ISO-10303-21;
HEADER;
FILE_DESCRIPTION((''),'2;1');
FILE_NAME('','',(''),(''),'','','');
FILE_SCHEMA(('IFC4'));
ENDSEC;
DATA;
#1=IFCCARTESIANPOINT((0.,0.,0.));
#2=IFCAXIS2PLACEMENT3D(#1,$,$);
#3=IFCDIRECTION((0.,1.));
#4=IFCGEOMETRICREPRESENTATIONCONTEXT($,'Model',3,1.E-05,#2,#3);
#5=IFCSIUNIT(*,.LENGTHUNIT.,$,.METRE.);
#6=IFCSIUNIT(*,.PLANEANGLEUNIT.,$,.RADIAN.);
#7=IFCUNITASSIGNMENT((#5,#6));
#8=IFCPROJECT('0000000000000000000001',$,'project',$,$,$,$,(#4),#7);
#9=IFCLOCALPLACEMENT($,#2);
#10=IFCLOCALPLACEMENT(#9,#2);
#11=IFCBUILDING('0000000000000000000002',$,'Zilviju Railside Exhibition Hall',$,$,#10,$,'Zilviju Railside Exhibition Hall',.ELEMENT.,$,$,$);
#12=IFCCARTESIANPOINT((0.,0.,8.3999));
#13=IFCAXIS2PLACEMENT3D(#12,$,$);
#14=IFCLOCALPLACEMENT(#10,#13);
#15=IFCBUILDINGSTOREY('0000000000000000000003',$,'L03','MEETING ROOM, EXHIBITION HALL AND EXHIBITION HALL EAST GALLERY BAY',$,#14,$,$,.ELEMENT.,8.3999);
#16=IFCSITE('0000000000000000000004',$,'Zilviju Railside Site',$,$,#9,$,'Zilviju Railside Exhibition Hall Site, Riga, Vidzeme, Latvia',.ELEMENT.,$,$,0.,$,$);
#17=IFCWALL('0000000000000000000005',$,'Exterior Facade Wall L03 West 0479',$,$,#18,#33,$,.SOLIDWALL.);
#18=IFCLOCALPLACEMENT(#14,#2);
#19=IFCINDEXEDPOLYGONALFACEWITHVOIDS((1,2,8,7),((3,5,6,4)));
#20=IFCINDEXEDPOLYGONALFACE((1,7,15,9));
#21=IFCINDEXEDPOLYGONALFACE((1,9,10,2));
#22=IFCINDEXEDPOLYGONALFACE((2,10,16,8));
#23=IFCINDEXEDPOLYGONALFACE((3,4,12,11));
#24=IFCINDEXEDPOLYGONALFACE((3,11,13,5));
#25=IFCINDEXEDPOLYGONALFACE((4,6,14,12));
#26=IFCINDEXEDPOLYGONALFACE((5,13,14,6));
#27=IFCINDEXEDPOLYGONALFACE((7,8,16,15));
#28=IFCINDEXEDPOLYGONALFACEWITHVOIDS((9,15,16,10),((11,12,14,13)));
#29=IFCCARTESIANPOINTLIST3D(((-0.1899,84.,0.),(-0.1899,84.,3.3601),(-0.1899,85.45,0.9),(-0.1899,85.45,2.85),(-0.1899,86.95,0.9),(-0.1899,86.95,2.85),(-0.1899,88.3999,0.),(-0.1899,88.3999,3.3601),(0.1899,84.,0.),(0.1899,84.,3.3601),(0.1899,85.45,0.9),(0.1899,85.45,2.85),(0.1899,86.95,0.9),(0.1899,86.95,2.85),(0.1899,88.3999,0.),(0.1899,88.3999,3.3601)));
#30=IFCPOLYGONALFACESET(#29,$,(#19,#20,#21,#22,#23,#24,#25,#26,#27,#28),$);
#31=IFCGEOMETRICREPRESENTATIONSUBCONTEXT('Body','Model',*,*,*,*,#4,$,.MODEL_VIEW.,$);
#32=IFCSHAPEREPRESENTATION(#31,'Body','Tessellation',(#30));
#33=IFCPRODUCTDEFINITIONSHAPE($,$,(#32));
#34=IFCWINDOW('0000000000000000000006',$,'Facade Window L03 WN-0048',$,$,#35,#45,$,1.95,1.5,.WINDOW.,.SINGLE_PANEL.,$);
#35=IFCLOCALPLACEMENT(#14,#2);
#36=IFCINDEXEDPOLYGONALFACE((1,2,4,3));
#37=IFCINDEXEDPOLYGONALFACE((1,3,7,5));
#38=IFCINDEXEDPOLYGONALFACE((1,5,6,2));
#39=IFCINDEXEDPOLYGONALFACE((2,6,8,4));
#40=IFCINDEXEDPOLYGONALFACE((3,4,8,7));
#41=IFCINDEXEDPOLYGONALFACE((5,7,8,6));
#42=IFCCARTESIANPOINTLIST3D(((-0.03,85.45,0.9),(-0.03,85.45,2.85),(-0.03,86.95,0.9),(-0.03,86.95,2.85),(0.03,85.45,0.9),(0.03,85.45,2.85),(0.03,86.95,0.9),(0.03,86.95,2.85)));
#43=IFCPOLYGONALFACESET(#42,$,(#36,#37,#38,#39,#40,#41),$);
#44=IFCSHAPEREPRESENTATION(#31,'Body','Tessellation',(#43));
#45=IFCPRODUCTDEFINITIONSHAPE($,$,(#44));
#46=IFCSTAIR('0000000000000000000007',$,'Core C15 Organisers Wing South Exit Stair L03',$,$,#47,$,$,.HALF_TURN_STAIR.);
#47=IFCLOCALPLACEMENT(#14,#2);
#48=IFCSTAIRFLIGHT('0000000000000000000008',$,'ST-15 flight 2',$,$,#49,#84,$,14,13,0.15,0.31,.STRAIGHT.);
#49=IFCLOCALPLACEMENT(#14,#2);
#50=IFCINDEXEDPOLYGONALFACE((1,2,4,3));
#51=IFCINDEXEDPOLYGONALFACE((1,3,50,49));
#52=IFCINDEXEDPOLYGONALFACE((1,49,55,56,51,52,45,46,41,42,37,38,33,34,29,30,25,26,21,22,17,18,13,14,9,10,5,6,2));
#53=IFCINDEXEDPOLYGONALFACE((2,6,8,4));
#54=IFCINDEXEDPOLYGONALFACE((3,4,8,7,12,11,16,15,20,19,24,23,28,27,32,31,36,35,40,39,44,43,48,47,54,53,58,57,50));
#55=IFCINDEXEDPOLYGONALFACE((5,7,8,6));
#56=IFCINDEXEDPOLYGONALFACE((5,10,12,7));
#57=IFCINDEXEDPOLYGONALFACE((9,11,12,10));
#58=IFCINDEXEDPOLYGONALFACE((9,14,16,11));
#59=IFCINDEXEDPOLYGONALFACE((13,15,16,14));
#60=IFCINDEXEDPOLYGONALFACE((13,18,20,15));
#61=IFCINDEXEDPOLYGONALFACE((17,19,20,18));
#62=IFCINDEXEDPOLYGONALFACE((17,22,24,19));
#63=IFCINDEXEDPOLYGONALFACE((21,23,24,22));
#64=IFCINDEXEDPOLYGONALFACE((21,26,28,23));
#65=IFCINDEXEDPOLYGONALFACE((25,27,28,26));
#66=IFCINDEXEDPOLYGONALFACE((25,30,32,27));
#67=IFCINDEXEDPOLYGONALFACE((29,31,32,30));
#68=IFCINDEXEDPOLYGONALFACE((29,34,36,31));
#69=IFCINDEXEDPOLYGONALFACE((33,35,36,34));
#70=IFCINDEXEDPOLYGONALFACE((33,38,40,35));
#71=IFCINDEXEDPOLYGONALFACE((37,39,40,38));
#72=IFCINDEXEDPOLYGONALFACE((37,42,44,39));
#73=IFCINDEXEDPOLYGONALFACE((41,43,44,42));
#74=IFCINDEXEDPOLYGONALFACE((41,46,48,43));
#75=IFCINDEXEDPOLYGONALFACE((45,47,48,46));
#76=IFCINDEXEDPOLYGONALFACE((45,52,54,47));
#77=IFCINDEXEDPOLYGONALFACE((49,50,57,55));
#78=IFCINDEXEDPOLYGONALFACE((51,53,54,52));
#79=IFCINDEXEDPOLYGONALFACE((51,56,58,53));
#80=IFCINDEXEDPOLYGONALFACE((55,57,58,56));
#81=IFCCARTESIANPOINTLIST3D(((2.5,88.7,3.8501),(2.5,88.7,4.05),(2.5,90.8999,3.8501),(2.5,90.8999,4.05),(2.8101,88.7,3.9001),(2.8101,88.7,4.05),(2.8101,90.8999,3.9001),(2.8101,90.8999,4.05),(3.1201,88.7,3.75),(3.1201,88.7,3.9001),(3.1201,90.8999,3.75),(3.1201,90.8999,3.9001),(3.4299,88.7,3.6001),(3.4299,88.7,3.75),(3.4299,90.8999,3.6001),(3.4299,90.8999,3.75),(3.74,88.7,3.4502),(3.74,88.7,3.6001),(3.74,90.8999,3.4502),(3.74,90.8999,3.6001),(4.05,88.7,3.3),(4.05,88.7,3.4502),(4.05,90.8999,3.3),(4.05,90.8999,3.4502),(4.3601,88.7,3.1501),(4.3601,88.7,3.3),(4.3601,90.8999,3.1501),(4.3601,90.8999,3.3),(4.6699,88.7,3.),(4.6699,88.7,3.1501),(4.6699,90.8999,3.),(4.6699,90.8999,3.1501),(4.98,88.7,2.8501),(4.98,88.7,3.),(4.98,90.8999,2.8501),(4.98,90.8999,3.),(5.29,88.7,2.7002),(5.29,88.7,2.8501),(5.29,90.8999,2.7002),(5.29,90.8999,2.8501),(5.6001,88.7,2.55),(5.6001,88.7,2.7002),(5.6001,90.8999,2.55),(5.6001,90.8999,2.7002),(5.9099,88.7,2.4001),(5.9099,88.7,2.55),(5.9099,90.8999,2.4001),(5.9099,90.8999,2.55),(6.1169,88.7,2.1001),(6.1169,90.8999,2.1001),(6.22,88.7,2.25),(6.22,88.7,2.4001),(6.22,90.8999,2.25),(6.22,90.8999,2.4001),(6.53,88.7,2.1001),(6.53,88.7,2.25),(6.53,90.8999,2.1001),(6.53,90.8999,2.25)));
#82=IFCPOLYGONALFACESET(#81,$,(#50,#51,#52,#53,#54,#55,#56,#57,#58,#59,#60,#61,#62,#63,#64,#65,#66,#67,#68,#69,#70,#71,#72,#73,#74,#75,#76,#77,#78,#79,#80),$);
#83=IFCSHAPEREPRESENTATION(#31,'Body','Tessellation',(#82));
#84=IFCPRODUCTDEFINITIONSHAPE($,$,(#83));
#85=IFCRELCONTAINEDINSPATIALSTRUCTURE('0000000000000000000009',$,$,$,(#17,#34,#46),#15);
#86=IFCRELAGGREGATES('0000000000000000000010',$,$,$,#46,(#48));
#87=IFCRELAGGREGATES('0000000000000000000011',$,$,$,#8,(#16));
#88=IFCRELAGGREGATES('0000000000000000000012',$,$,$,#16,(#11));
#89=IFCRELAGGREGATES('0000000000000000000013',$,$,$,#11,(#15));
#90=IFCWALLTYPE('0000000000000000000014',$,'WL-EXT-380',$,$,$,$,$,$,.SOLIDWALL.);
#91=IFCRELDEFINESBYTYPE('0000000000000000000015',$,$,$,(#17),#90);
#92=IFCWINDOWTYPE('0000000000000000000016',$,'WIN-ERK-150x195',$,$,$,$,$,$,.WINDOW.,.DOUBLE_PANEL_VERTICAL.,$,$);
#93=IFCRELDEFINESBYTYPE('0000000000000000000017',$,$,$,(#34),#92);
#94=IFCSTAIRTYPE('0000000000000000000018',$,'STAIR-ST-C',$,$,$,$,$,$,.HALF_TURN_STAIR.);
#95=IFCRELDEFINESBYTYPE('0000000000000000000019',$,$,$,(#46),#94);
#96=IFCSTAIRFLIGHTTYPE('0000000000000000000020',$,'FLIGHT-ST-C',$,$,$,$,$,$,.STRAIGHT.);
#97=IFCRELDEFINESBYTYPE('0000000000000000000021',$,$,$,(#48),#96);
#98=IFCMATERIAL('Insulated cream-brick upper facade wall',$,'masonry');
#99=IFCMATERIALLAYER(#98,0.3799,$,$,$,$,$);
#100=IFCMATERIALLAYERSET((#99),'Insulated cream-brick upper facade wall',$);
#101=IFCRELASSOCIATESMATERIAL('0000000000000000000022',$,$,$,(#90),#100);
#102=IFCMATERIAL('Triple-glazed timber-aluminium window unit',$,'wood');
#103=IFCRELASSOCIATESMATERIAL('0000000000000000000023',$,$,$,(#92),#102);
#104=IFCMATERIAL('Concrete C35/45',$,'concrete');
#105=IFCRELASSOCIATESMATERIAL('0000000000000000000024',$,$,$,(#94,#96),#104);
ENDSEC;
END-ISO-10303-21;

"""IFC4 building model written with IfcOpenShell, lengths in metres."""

from ifc_helpers import new_model, si_unit, direction, frame, frame_2d, origin, place, context, subcontext, project, spatial, polyline, rectangle, outline, extrude, material, layer, layer_set, type_object, element, fill, aggregate, save


model = new_model("IFC4")

# Units and contexts
model_context = context("Model", 3, precision=1e-05, world=origin(), true_north=direction((0.0, 1.0)))
body_context = subcontext(model_context, "Body", "Model", "MODEL_VIEW")
ifc_project = project(units=[si_unit("LENGTHUNIT", "METRE"), si_unit("PLANEANGLEUNIT", "RADIAN")], contexts=[model_context])

# Site, building, storey
site_placement = place(None, origin())
site = spatial("IfcSite", under=ifc_project, at=site_placement, Name="Zilviju Railside Site", LongName="Zilviju Railside Exhibition Hall Site, Riga, Vidzeme, Latvia", CompositionType="ELEMENT", RefElevation=0.0)
building_placement = place(site_placement, origin())
building = spatial("IfcBuilding", under=site, at=building_placement, Name="Zilviju Railside Exhibition Hall", LongName="Zilviju Railside Exhibition Hall", CompositionType="ELEMENT")
storey_placement = place(building_placement, frame((0.0, 0.0, 8.3999)))
storey = spatial("IfcBuildingStorey", under=building, at=storey_placement, Name="L03", Description="MEETING ROOM, EXHIBITION HALL AND EXHIBITION HALL EAST GALLERY BAY", CompositionType="ELEMENT", Elevation=8.3999)

# Shared definitions
ifc_material_1 = material(Name="Concrete C35/45", Category="concrete")

# Shared definitions
ifc_material_2 = material(Name="Triple-glazed timber-aluminium window unit", Category="wood")

# Wall, opening, window
ifc_material_3 = material(Name="Insulated cream-brick upper facade wall", Category="masonry")
ifc_layer_1 = layer(ifc_material_3, 0.3799)
ifc_layer_set_1 = layer_set([ifc_layer_1], Name="Insulated cream-brick upper facade wall")
wall_type_1 = type_object("IfcWallType", Name="WL-EXT-380", PredefinedType="SOLIDWALL", material=ifc_layer_set_1)
wall_1_placement = place(storey_placement, frame((0.0, 84.0, 0.0), z_axis=(0.0, 0.0, 1.0), x_axis=(0.0, 1.0, 0.0)))
wall_1 = element("IfcWall", 1, at=wall_1_placement, inside=storey, type_object=wall_type_1, Name="Exterior Facade Wall L03 West 0479", PredefinedType="SOLIDWALL", context=body_context, shape_type="SweptSolid", body=[
    extrude(rectangle(XDim=4.3999, YDim=0.3799, at=frame_2d((2.2, 0.0))), origin(), (0.0, 0.0, 1.0), 3.3601),
])
opening_1_placement = place(wall_1_placement, frame((1.45, 0.0, 0.8999)))
opening_1 = element("IfcOpeningElement", 2, at=opening_1_placement, cuts=wall_1, PredefinedType="OPENING", context=body_context, shape_type="SweptSolid", body=[
    extrude(rectangle(XDim=1.5, YDim=1.95, at=frame_2d((0.75, 0.9751))), frame((0.0, 0.2, 0.0), z_axis=(0.0, -1.0, 0.0), x_axis=(1.0, 0.0, 0.0)), (0.0, 0.0, 1.0), 0.3999),
])
window_type_1 = type_object("IfcWindowType", Name="WIN-ERK-150x195", PartitioningType="DOUBLE_PANEL_VERTICAL", PredefinedType="WINDOW", material=ifc_material_2)
window_1_placement = place(opening_1_placement, origin())
window_1 = element("IfcWindow", 3, at=window_1_placement, inside=storey, type_object=window_type_1, Name="Facade Window L03 WN-0048", OverallHeight=1.95, OverallWidth=1.5, PartitioningType="SINGLE_PANEL", PredefinedType="WINDOW", context=body_context, shape_type="SweptSolid", body=[
    extrude(rectangle(XDim=1.5, YDim=1.95, at=frame_2d((0.75, 0.9751))), frame((0.0, 0.03, 0.0), z_axis=(0.0, -1.0, 0.0), x_axis=(1.0, 0.0, 0.0)), (0.0, 0.0, 1.0), 0.0601),
])
fill(opening_1, window_1)

# Stair, stair flight
stair_type = type_object("IfcStairType", Name="STAIR-ST-C", PredefinedType="HALF_TURN_STAIR", material=ifc_material_1)
stair_placement = place(storey_placement, origin())
stair = element("IfcStair", 4, at=stair_placement, inside=storey, type_object=stair_type, Name="Core C15 Organisers Wing South Exit Stair L03", PredefinedType="HALF_TURN_STAIR")
stair_flight_type = type_object("IfcStairFlightType", Name="FLIGHT-ST-C", PredefinedType="STRAIGHT", material=ifc_material_1)
stair_flight_placement = place(storey_placement, frame((6.53, 89.8, 2.1001), z_axis=(0.0, 0.0, 1.0), x_axis=(-1.0, 0.0, 0.0)))
stair_flight = element("IfcStairFlight", 5, at=stair_flight_placement, type_object=stair_flight_type, Name="ST-15 flight 2", NumberOfRisers=14, NumberOfTreads=13, PredefinedType="STRAIGHT", RiserHeight=0.15, TreadLength=0.31, context=body_context, shape_type="SweptSolid", body=[
    extrude(outline(polyline([(0.0, 0.0), (0.0, 0.1499), (0.3101, 0.1499), (0.3101, 0.3), (0.6201, 0.3), (0.6201, 0.45), (0.9299, 0.45), (0.9299, 0.6001), (1.24, 0.6001), (1.24, 0.75), (1.55, 0.75), (1.55, 0.8999), (1.8601, 0.8999), (1.8601, 1.05), (2.1699, 1.05), (2.1699, 1.2), (2.48, 1.2), (2.48, 1.3501), (2.79, 1.3501), (2.79, 1.5), (3.1001, 1.5), (3.1001, 1.6499), (3.4099, 1.6499), (3.4099, 1.8), (3.72, 1.8), (3.72, 1.95), (4.03, 1.95), (4.03, 2.1001), (4.03, 1.75), (0.4131, 0.0), (0.0, 0.0)])), frame((0.0, 1.1001, 0.0), z_axis=(0.0, -1.0, 0.0), x_axis=(1.0, 0.0, 0.0)), (0.0, 0.0, 1.0), 2.2),
])
aggregate(stair, [stair_flight])

save(model, "model.ifc")
